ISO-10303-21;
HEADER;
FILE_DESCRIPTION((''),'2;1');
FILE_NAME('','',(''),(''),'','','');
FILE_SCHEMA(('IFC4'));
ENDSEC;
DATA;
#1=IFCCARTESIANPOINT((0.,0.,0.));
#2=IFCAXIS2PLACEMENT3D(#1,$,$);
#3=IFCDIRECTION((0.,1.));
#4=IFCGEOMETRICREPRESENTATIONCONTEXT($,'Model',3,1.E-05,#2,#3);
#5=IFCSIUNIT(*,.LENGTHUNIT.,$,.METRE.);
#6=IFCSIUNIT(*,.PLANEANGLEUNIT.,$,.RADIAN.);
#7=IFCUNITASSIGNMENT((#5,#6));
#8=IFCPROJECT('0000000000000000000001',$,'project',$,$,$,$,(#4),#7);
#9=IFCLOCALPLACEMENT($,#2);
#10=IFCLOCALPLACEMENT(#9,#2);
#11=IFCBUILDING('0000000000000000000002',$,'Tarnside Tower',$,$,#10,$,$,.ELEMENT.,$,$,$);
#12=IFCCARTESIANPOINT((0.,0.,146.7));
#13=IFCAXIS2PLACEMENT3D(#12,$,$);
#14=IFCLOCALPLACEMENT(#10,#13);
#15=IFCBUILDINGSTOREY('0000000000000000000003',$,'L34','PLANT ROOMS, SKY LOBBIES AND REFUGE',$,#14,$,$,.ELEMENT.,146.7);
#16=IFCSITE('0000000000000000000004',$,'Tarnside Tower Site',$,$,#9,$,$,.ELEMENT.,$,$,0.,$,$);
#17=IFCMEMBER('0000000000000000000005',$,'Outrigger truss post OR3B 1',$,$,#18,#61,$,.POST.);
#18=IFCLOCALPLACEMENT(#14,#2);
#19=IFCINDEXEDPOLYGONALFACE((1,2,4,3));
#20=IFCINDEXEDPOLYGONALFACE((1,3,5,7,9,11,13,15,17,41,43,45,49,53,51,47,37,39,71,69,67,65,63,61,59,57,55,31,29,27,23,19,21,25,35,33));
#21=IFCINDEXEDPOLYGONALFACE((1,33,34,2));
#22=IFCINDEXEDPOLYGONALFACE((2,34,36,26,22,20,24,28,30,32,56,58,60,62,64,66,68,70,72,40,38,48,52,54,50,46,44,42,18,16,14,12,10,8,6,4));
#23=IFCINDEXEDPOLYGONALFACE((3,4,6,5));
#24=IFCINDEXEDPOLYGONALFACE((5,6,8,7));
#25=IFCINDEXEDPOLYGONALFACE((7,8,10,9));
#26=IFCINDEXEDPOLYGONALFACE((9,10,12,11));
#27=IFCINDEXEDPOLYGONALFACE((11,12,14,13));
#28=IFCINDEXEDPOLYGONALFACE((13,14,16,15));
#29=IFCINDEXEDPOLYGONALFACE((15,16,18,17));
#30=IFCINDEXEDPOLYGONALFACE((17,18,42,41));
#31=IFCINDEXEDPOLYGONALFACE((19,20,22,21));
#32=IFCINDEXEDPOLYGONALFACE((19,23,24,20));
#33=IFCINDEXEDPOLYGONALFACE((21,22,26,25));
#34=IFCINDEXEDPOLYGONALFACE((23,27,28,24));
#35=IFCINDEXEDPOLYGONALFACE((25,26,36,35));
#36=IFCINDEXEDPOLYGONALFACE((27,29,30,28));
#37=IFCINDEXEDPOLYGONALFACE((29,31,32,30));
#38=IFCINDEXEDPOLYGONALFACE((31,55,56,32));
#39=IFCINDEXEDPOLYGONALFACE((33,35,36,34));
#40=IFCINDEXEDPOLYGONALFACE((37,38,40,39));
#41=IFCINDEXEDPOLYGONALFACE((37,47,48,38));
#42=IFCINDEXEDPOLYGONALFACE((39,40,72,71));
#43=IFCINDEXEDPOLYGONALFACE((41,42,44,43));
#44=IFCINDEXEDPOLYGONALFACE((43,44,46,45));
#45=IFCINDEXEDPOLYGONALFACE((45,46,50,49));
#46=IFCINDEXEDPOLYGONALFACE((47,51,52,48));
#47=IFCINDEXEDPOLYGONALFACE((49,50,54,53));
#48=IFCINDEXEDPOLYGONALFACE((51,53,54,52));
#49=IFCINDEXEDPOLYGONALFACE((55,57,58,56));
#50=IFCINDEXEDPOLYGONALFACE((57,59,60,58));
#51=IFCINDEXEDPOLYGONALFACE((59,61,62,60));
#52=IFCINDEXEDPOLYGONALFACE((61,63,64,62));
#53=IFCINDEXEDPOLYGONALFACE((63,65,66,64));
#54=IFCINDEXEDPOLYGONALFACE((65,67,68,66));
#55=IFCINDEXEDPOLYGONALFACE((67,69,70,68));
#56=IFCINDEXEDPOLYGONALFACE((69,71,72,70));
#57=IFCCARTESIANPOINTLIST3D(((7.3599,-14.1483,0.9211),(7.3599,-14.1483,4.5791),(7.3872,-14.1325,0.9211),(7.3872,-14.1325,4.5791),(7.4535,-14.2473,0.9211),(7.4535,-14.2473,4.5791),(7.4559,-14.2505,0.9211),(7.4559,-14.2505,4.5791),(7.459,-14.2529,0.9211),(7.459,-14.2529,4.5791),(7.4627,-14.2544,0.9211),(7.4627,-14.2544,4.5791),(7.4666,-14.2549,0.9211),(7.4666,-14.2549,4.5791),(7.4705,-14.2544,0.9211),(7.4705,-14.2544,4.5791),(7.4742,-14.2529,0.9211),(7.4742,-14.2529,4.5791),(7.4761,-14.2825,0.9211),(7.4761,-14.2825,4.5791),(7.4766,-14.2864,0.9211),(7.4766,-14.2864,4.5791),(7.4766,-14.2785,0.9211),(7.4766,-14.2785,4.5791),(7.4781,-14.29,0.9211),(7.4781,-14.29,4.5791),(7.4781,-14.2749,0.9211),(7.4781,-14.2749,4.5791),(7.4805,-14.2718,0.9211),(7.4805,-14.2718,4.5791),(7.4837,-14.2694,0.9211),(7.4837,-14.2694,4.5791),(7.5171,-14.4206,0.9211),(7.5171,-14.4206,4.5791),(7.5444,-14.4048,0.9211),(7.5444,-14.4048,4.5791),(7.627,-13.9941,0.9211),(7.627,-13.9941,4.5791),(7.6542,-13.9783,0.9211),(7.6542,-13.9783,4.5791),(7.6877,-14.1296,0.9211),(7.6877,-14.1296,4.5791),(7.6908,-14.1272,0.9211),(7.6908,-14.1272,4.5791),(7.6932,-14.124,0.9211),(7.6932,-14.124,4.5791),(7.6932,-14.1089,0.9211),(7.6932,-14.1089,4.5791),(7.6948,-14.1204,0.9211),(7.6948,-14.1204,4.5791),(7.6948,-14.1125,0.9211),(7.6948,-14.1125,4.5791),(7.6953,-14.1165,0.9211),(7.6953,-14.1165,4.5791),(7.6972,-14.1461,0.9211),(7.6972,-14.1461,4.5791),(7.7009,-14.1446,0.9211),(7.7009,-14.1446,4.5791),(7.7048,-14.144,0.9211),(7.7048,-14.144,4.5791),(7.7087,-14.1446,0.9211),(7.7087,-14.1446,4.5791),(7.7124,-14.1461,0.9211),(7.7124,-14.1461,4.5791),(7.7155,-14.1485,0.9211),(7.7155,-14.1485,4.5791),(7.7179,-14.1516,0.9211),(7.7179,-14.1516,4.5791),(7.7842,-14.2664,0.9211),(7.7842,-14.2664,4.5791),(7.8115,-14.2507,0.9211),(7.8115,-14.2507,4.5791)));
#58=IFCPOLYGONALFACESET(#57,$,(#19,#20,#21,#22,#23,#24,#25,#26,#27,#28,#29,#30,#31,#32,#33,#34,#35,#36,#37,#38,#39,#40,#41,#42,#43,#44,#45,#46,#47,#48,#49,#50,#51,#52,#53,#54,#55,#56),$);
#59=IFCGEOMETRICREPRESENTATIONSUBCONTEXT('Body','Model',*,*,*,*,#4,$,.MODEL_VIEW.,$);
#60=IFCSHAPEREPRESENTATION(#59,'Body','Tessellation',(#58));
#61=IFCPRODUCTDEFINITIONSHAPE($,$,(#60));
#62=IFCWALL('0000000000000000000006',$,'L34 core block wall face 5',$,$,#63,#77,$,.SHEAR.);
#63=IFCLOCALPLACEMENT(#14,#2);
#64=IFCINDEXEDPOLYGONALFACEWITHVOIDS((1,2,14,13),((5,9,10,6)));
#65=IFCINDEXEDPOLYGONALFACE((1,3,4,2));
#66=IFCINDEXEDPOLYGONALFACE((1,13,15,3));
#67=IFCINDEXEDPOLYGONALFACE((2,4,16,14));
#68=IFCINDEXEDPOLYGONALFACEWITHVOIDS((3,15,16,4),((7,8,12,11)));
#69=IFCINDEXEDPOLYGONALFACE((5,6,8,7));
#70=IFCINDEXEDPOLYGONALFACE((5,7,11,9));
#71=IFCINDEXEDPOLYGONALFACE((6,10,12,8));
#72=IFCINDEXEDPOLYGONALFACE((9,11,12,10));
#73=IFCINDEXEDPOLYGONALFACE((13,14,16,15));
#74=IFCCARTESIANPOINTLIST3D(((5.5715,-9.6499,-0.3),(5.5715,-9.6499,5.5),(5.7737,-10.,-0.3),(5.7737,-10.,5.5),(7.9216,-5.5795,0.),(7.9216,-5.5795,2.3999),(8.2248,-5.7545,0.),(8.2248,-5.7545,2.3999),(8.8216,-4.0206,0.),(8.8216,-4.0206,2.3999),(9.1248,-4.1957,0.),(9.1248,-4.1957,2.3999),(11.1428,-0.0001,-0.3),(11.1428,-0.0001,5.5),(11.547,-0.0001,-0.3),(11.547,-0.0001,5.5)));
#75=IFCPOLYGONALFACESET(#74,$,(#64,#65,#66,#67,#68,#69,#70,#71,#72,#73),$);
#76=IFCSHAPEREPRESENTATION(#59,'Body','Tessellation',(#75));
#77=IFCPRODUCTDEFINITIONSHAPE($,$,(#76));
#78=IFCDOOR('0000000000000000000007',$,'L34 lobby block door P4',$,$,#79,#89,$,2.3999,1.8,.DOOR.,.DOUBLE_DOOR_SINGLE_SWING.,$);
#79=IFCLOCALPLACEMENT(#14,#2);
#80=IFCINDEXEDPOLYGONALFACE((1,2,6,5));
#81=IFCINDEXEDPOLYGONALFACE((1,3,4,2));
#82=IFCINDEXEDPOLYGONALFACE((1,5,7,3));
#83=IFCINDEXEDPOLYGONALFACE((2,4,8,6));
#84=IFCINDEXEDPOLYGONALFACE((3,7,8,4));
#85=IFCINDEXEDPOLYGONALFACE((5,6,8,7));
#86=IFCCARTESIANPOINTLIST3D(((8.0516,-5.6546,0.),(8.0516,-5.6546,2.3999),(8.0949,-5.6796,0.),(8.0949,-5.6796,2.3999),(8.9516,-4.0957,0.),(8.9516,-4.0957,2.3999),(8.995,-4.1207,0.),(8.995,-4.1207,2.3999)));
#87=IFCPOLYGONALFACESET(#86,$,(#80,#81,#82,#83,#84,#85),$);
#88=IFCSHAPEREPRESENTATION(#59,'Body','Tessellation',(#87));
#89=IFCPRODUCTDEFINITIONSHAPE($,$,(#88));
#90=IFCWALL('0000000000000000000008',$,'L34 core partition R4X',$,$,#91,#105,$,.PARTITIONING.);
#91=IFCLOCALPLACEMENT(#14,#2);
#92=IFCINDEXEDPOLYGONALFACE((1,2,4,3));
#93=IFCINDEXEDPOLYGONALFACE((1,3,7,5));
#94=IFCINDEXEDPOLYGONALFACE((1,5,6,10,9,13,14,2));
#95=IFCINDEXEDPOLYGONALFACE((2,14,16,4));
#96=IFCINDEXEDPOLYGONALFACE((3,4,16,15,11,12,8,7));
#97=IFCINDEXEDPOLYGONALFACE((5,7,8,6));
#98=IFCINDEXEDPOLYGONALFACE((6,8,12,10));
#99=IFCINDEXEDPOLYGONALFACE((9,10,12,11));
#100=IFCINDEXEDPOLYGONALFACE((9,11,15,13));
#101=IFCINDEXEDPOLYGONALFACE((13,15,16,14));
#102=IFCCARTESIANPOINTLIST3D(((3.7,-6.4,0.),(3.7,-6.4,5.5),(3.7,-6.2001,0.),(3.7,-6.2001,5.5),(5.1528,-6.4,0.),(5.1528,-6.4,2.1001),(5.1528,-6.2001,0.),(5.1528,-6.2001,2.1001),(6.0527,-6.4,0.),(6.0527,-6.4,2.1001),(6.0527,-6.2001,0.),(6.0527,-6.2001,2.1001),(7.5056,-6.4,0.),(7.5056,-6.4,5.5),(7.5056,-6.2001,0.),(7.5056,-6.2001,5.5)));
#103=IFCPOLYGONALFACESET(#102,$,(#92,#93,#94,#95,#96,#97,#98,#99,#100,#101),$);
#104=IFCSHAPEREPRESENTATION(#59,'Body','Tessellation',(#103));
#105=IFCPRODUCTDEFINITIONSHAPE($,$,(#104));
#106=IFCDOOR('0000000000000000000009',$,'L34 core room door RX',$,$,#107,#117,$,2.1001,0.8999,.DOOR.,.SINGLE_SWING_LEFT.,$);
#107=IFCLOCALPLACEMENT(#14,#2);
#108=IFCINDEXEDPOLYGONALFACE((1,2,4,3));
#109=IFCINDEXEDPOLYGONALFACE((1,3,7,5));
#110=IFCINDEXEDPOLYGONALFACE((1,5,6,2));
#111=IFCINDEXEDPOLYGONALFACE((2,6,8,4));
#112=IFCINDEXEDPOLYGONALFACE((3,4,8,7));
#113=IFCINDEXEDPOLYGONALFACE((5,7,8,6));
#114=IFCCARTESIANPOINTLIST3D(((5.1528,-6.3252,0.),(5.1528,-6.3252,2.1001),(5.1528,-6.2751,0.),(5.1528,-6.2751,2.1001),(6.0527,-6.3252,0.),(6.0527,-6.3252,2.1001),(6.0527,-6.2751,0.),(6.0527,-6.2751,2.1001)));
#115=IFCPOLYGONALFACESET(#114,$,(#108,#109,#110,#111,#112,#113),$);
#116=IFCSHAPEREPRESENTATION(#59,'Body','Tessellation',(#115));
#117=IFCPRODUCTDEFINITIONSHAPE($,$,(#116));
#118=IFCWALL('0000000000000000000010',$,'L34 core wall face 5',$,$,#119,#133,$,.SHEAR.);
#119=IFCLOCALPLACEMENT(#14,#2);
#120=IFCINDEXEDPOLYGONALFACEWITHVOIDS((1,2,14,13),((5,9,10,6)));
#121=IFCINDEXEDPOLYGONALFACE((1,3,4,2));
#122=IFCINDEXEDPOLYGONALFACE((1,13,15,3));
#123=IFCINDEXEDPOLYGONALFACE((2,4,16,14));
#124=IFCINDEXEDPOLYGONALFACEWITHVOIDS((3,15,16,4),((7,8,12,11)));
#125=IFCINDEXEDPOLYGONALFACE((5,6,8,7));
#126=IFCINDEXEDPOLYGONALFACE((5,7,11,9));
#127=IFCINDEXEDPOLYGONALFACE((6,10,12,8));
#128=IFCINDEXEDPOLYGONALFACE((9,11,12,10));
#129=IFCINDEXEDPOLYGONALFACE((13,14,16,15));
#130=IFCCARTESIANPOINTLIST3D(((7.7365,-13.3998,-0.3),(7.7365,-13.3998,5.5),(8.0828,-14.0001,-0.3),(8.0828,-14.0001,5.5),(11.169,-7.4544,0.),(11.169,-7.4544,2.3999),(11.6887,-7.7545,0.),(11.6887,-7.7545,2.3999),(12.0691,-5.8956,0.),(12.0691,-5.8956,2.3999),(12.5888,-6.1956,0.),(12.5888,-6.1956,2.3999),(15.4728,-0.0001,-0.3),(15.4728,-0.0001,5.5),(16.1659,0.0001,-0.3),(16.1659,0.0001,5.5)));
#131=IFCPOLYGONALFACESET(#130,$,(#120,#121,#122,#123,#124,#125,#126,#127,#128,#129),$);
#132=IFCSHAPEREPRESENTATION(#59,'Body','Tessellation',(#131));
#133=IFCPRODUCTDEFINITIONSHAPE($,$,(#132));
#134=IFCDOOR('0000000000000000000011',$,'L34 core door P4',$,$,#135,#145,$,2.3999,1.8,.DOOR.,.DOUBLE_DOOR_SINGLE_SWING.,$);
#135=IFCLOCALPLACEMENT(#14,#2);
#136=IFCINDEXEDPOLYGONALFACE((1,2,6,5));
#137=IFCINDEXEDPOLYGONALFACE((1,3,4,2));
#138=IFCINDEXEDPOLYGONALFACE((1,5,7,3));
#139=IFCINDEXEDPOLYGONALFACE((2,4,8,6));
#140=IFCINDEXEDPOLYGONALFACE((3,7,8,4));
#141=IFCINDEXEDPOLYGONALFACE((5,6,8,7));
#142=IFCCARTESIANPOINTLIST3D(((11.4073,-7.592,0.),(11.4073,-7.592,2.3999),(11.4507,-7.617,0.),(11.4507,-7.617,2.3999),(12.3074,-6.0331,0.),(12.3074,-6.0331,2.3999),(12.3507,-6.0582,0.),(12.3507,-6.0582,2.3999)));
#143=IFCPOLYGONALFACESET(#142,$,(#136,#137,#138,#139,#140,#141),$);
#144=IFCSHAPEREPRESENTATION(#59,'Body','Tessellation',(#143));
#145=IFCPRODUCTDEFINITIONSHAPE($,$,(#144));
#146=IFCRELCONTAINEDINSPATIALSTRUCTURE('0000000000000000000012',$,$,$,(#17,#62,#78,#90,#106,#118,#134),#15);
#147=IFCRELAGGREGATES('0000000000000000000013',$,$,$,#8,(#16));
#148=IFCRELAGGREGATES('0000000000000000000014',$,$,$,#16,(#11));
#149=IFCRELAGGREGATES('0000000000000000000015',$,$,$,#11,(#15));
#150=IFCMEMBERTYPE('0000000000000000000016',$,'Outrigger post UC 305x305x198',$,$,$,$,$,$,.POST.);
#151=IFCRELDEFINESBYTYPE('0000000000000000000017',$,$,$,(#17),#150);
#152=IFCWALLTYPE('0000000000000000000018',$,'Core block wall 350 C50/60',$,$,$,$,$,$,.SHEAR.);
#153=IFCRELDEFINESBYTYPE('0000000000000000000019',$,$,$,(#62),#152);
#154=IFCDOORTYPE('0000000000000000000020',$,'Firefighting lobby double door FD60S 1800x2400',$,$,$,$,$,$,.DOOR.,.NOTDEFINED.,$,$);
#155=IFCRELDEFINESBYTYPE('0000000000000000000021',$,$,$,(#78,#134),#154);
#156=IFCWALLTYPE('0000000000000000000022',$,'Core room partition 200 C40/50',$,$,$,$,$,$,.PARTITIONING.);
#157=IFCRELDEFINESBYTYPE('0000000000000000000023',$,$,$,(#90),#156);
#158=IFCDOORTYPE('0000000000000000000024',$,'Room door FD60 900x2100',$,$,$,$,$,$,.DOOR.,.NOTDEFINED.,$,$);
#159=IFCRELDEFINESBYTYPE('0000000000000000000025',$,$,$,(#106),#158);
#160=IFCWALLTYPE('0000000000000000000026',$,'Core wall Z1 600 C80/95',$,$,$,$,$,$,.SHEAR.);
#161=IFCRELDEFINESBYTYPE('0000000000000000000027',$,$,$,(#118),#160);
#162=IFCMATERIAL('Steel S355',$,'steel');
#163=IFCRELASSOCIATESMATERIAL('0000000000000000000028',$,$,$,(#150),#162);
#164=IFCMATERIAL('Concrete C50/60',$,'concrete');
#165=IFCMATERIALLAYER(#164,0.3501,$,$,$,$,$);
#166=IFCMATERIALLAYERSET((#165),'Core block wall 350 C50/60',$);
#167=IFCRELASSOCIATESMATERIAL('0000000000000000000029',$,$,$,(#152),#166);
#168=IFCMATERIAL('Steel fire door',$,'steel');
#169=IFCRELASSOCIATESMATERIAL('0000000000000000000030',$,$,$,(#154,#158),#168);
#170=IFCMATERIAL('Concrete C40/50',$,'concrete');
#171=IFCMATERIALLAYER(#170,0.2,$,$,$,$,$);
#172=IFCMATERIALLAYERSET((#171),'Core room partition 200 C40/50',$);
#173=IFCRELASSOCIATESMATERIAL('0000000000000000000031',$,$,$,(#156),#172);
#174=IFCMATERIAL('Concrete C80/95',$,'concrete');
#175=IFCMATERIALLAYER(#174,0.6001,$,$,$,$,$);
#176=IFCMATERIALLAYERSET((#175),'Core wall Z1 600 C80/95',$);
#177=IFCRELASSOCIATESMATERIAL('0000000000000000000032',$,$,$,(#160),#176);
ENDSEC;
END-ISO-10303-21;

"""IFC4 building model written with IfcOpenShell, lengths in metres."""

from ifc_helpers import new_model, si_unit, direction, frame, frame_2d, origin, origin_2d, place, context, subcontext, project, spatial, polyline, rectangle, i_section, outline, extrude, material, layer, layer_set, material_profile, profile_set, type_object, element, fill, save


model = new_model("IFC4")

# Units and contexts
model_context = context("Model", 3, precision=1e-05, world=origin(), true_north=direction((0.0, 1.0)))
body_context = subcontext(model_context, "Body", "Model", "MODEL_VIEW")
ifc_project = project(units=[si_unit("LENGTHUNIT", "METRE"), si_unit("PLANEANGLEUNIT", "RADIAN")], contexts=[model_context])

# Site, building, storey
site_placement = place(None, origin())
site = spatial("IfcSite", under=ifc_project, at=site_placement, Name="Tarnside Tower Site", CompositionType="ELEMENT", RefElevation=0.0)
building_placement = place(site_placement, origin())
building = spatial("IfcBuilding", under=site, at=building_placement, Name="Tarnside Tower", CompositionType="ELEMENT")
storey_placement = place(building_placement, frame((0.0, 0.0, 146.7)))
storey = spatial("IfcBuildingStorey", under=building, at=storey_placement, Name="L34", Description="PLANT ROOMS, SKY LOBBIES AND REFUGE", CompositionType="ELEMENT", Elevation=146.7)

# Member
ifc_material_1 = material(Name="Steel S355", Category="steel")
ifc_material_profile_1 = material_profile(ifc_material_1, i_section(OverallWidth=0.3145, OverallDepth=0.3398, WebThickness=0.019, FlangeThickness=0.0315, FilletRadius=0.0151, at=origin_2d()), Name="UC 305x305x198")
ifc_profile_set_1 = profile_set([ifc_material_profile_1], Name="Steel S355")
member_type_1 = type_object("IfcMemberType", Name="Outrigger post UC 305x305x198", PredefinedType="POST", material=ifc_profile_set_1)
for number, where, z_axis, x_axis, name in (
    (1, (7.5857, -14.1995, 0.9211), (0.0, 0.0, 1.0), (0.5, -0.866025, 0.0), "Outrigger truss post OR3B 1"),
):
    element("IfcMember", number, at=place(storey_placement, frame(where, z_axis=z_axis, x_axis=x_axis)), inside=storey, type_object=member_type_1, Name=name, PredefinedType="POST", context=body_context, shape_type="SweptSolid", body=[
        extrude(i_section(OverallWidth=0.3145, OverallDepth=0.3398, WebThickness=0.019, FlangeThickness=0.0315, FilletRadius=0.0151, at=origin_2d()), origin(), (0.0, 0.0, 1.0), 3.658),
    ])

# Walls, openings, doors
ifc_material_2 = material(Name="Concrete C50/60", Category="concrete")
ifc_layer_1 = layer(ifc_material_2, 0.3501)
ifc_layer_set_1 = layer_set([ifc_layer_1], Name="Core block wall 350 C50/60")
wall_type_1 = type_object("IfcWallType", Name="Core block wall 350 C50/60", PredefinedType="SHEAR", material=ifc_layer_set_1)
wall_1_placement = place(storey_placement, frame((5.6726, -9.825, -0.3), z_axis=(0.0, 0.0, 1.0), x_axis=(0.499995, 0.866028, 0.0)))
wall_1 = element("IfcWall", 2, at=wall_1_placement, inside=storey, type_object=wall_type_1, Name="L34 core block wall face 5", PredefinedType="SHEAR", context=body_context, shape_type="SweptSolid", body=[
    extrude(outline(polyline([(-0.1011, -0.175), (11.4458, -0.175), (11.2437, 0.175), (0.1011, 0.175), (-0.1011, -0.175)])), origin(), (0.0, 0.0, 1.0), 5.8),
])
opening_1_placement = place(wall_1_placement, frame((4.8013, 0.0, 0.3)))
opening_1 = element("IfcOpeningElement", 3, at=opening_1_placement, cuts=wall_1, PredefinedType="OPENING", context=body_context, shape_type="SweptSolid", body=[
    extrude(rectangle(XDim=1.8, YDim=2.3999, at=frame_2d((0.8999, 1.2))), frame((0.0, 0.1851, 0.0), z_axis=(0.0, -1.0, 0.0), x_axis=(1.0, 0.0, 0.0)), (0.0, 0.0, 1.0), 0.3701),
])
ifc_material_3 = material(Name="Steel fire door", Category="steel")
door_type_1 = type_object("IfcDoorType", Name="Firefighting lobby double door FD60S 1800x2400", OperationType="NOTDEFINED", PredefinedType="DOOR", material=ifc_material_3)
door_1_placement = place(opening_1_placement, origin())
door_1 = element("IfcDoor", 4, at=door_1_placement, inside=storey, type_object=door_type_1, Name="L34 lobby block door P4", OperationType="DOUBLE_DOOR_SINGLE_SWING", OverallHeight=2.3999, OverallWidth=1.8, PredefinedType="DOOR", context=body_context, shape_type="SweptSolid", body=[
    extrude(rectangle(XDim=1.8, YDim=2.3999, at=frame_2d((0.8999, 1.2))), frame((0.0, 0.0249, 0.0), z_axis=(0.0, -1.0, 0.0), x_axis=(1.0, 0.0, 0.0)), (0.0, 0.0, 1.0), 0.05),
])
fill(opening_1, door_1)
ifc_material_4 = material(Name="Concrete C40/50", Category="concrete")
ifc_layer_2 = layer(ifc_material_4, 0.2)
ifc_layer_set_2 = layer_set([ifc_layer_2], Name="Core room partition 200 C40/50")
wall_type_2 = type_object("IfcWallType", Name="Core room partition 200 C40/50", PredefinedType="PARTITIONING", material=ifc_layer_set_2)
wall_2_placement = place(storey_placement, frame((3.7, -6.3, 0.0), z_axis=(0.0, 0.0, 1.0), x_axis=(1.0, 0.0, 0.0)))
wall_2 = element("IfcWall", 5, at=wall_2_placement, inside=storey, type_object=wall_type_2, Name="L34 core partition R4X", PredefinedType="PARTITIONING", context=body_context, shape_type="SweptSolid", body=[
    extrude(rectangle(XDim=3.8057, YDim=0.2, at=frame_2d((1.9028, 0.0))), origin(), (0.0, 0.0, 1.0), 5.5),
])
opening_2_placement = place(wall_2_placement, frame((1.4529, 0.0, 0.0)))
opening_2 = element("IfcOpeningElement", 6, at=opening_2_placement, cuts=wall_2, PredefinedType="OPENING", context=body_context, shape_type="SweptSolid", body=[
    extrude(rectangle(XDim=0.8999, YDim=2.1001, at=frame_2d((0.45, 1.05))), frame((0.0, 0.1099, 0.0), z_axis=(0.0, -1.0, 0.0), x_axis=(1.0, 0.0, 0.0)), (0.0, 0.0, 1.0), 0.22),
])
door_type_2 = type_object("IfcDoorType", Name="Room door FD60 900x2100", OperationType="NOTDEFINED", PredefinedType="DOOR", material=ifc_material_3)
door_2_placement = place(opening_2_placement, origin())
door_2 = element("IfcDoor", 7, at=door_2_placement, inside=storey, type_object=door_type_2, Name="L34 core room door RX", OperationType="SINGLE_SWING_LEFT", OverallHeight=2.1001, OverallWidth=0.8999, PredefinedType="DOOR", context=body_context, shape_type="SweptSolid", body=[
    extrude(rectangle(XDim=0.8999, YDim=2.1001, at=frame_2d((0.45, 1.05))), frame((0.0, 0.0249, 0.0), z_axis=(0.0, -1.0, 0.0), x_axis=(1.0, 0.0, 0.0)), (0.0, 0.0, 1.0), 0.05),
])
fill(opening_2, door_2)
ifc_material_5 = material(Name="Concrete C80/95", Category="concrete")
ifc_layer_3 = layer(ifc_material_5, 0.6001)
ifc_layer_set_3 = layer_set([ifc_layer_3], Name="Core wall Z1 600 C80/95")
wall_type_3 = type_object("IfcWallType", Name="Core wall Z1 600 C80/95", PredefinedType="SHEAR", material=ifc_layer_set_3)
wall_3_placement = place(storey_placement, frame((7.9097, -13.7, -0.3), z_axis=(0.0, 0.0, 1.0), x_axis=(0.5, 0.866025, 0.0)))
wall_3 = element("IfcWall", 8, at=wall_3_placement, inside=storey, type_object=wall_type_3, Name="L34 core wall face 5", PredefinedType="SHEAR", context=body_context, shape_type="SweptSolid", body=[
    extrude(outline(polyline([(-0.1733, -0.3), (15.9927, -0.3), (15.646, 0.3), (0.1733, 0.3), (-0.1733, -0.3)])), origin(), (0.0, 0.0, 1.0), 5.8),
])
opening_3_placement = place(wall_3_placement, frame((7.0386, 0.0, 0.3)))
opening_3 = element("IfcOpeningElement", 9, at=opening_3_placement, cuts=wall_3, PredefinedType="OPENING", context=body_context, shape_type="SweptSolid", body=[
    extrude(rectangle(XDim=1.8, YDim=2.3999, at=frame_2d((0.8999, 1.2))), frame((0.0, 0.3101, 0.0), z_axis=(0.0, -1.0, 0.0), x_axis=(1.0, 0.0, 0.0)), (0.0, 0.0, 1.0), 0.6201),
])
door_3_placement = place(opening_3_placement, origin())
door_3 = element("IfcDoor", 10, at=door_3_placement, inside=storey, type_object=door_type_1, Name="L34 core door P4", OperationType="DOUBLE_DOOR_SINGLE_SWING", OverallHeight=2.3999, OverallWidth=1.8, PredefinedType="DOOR", context=body_context, shape_type="SweptSolid", body=[
    extrude(rectangle(XDim=1.8, YDim=2.3999, at=frame_2d((0.8999, 1.2))), frame((0.0, 0.0249, 0.0), z_axis=(0.0, -1.0, 0.0), x_axis=(1.0, 0.0, 0.0)), (0.0, 0.0, 1.0), 0.05),
])
fill(opening_3, door_3)

save(model, "model.ifc")
